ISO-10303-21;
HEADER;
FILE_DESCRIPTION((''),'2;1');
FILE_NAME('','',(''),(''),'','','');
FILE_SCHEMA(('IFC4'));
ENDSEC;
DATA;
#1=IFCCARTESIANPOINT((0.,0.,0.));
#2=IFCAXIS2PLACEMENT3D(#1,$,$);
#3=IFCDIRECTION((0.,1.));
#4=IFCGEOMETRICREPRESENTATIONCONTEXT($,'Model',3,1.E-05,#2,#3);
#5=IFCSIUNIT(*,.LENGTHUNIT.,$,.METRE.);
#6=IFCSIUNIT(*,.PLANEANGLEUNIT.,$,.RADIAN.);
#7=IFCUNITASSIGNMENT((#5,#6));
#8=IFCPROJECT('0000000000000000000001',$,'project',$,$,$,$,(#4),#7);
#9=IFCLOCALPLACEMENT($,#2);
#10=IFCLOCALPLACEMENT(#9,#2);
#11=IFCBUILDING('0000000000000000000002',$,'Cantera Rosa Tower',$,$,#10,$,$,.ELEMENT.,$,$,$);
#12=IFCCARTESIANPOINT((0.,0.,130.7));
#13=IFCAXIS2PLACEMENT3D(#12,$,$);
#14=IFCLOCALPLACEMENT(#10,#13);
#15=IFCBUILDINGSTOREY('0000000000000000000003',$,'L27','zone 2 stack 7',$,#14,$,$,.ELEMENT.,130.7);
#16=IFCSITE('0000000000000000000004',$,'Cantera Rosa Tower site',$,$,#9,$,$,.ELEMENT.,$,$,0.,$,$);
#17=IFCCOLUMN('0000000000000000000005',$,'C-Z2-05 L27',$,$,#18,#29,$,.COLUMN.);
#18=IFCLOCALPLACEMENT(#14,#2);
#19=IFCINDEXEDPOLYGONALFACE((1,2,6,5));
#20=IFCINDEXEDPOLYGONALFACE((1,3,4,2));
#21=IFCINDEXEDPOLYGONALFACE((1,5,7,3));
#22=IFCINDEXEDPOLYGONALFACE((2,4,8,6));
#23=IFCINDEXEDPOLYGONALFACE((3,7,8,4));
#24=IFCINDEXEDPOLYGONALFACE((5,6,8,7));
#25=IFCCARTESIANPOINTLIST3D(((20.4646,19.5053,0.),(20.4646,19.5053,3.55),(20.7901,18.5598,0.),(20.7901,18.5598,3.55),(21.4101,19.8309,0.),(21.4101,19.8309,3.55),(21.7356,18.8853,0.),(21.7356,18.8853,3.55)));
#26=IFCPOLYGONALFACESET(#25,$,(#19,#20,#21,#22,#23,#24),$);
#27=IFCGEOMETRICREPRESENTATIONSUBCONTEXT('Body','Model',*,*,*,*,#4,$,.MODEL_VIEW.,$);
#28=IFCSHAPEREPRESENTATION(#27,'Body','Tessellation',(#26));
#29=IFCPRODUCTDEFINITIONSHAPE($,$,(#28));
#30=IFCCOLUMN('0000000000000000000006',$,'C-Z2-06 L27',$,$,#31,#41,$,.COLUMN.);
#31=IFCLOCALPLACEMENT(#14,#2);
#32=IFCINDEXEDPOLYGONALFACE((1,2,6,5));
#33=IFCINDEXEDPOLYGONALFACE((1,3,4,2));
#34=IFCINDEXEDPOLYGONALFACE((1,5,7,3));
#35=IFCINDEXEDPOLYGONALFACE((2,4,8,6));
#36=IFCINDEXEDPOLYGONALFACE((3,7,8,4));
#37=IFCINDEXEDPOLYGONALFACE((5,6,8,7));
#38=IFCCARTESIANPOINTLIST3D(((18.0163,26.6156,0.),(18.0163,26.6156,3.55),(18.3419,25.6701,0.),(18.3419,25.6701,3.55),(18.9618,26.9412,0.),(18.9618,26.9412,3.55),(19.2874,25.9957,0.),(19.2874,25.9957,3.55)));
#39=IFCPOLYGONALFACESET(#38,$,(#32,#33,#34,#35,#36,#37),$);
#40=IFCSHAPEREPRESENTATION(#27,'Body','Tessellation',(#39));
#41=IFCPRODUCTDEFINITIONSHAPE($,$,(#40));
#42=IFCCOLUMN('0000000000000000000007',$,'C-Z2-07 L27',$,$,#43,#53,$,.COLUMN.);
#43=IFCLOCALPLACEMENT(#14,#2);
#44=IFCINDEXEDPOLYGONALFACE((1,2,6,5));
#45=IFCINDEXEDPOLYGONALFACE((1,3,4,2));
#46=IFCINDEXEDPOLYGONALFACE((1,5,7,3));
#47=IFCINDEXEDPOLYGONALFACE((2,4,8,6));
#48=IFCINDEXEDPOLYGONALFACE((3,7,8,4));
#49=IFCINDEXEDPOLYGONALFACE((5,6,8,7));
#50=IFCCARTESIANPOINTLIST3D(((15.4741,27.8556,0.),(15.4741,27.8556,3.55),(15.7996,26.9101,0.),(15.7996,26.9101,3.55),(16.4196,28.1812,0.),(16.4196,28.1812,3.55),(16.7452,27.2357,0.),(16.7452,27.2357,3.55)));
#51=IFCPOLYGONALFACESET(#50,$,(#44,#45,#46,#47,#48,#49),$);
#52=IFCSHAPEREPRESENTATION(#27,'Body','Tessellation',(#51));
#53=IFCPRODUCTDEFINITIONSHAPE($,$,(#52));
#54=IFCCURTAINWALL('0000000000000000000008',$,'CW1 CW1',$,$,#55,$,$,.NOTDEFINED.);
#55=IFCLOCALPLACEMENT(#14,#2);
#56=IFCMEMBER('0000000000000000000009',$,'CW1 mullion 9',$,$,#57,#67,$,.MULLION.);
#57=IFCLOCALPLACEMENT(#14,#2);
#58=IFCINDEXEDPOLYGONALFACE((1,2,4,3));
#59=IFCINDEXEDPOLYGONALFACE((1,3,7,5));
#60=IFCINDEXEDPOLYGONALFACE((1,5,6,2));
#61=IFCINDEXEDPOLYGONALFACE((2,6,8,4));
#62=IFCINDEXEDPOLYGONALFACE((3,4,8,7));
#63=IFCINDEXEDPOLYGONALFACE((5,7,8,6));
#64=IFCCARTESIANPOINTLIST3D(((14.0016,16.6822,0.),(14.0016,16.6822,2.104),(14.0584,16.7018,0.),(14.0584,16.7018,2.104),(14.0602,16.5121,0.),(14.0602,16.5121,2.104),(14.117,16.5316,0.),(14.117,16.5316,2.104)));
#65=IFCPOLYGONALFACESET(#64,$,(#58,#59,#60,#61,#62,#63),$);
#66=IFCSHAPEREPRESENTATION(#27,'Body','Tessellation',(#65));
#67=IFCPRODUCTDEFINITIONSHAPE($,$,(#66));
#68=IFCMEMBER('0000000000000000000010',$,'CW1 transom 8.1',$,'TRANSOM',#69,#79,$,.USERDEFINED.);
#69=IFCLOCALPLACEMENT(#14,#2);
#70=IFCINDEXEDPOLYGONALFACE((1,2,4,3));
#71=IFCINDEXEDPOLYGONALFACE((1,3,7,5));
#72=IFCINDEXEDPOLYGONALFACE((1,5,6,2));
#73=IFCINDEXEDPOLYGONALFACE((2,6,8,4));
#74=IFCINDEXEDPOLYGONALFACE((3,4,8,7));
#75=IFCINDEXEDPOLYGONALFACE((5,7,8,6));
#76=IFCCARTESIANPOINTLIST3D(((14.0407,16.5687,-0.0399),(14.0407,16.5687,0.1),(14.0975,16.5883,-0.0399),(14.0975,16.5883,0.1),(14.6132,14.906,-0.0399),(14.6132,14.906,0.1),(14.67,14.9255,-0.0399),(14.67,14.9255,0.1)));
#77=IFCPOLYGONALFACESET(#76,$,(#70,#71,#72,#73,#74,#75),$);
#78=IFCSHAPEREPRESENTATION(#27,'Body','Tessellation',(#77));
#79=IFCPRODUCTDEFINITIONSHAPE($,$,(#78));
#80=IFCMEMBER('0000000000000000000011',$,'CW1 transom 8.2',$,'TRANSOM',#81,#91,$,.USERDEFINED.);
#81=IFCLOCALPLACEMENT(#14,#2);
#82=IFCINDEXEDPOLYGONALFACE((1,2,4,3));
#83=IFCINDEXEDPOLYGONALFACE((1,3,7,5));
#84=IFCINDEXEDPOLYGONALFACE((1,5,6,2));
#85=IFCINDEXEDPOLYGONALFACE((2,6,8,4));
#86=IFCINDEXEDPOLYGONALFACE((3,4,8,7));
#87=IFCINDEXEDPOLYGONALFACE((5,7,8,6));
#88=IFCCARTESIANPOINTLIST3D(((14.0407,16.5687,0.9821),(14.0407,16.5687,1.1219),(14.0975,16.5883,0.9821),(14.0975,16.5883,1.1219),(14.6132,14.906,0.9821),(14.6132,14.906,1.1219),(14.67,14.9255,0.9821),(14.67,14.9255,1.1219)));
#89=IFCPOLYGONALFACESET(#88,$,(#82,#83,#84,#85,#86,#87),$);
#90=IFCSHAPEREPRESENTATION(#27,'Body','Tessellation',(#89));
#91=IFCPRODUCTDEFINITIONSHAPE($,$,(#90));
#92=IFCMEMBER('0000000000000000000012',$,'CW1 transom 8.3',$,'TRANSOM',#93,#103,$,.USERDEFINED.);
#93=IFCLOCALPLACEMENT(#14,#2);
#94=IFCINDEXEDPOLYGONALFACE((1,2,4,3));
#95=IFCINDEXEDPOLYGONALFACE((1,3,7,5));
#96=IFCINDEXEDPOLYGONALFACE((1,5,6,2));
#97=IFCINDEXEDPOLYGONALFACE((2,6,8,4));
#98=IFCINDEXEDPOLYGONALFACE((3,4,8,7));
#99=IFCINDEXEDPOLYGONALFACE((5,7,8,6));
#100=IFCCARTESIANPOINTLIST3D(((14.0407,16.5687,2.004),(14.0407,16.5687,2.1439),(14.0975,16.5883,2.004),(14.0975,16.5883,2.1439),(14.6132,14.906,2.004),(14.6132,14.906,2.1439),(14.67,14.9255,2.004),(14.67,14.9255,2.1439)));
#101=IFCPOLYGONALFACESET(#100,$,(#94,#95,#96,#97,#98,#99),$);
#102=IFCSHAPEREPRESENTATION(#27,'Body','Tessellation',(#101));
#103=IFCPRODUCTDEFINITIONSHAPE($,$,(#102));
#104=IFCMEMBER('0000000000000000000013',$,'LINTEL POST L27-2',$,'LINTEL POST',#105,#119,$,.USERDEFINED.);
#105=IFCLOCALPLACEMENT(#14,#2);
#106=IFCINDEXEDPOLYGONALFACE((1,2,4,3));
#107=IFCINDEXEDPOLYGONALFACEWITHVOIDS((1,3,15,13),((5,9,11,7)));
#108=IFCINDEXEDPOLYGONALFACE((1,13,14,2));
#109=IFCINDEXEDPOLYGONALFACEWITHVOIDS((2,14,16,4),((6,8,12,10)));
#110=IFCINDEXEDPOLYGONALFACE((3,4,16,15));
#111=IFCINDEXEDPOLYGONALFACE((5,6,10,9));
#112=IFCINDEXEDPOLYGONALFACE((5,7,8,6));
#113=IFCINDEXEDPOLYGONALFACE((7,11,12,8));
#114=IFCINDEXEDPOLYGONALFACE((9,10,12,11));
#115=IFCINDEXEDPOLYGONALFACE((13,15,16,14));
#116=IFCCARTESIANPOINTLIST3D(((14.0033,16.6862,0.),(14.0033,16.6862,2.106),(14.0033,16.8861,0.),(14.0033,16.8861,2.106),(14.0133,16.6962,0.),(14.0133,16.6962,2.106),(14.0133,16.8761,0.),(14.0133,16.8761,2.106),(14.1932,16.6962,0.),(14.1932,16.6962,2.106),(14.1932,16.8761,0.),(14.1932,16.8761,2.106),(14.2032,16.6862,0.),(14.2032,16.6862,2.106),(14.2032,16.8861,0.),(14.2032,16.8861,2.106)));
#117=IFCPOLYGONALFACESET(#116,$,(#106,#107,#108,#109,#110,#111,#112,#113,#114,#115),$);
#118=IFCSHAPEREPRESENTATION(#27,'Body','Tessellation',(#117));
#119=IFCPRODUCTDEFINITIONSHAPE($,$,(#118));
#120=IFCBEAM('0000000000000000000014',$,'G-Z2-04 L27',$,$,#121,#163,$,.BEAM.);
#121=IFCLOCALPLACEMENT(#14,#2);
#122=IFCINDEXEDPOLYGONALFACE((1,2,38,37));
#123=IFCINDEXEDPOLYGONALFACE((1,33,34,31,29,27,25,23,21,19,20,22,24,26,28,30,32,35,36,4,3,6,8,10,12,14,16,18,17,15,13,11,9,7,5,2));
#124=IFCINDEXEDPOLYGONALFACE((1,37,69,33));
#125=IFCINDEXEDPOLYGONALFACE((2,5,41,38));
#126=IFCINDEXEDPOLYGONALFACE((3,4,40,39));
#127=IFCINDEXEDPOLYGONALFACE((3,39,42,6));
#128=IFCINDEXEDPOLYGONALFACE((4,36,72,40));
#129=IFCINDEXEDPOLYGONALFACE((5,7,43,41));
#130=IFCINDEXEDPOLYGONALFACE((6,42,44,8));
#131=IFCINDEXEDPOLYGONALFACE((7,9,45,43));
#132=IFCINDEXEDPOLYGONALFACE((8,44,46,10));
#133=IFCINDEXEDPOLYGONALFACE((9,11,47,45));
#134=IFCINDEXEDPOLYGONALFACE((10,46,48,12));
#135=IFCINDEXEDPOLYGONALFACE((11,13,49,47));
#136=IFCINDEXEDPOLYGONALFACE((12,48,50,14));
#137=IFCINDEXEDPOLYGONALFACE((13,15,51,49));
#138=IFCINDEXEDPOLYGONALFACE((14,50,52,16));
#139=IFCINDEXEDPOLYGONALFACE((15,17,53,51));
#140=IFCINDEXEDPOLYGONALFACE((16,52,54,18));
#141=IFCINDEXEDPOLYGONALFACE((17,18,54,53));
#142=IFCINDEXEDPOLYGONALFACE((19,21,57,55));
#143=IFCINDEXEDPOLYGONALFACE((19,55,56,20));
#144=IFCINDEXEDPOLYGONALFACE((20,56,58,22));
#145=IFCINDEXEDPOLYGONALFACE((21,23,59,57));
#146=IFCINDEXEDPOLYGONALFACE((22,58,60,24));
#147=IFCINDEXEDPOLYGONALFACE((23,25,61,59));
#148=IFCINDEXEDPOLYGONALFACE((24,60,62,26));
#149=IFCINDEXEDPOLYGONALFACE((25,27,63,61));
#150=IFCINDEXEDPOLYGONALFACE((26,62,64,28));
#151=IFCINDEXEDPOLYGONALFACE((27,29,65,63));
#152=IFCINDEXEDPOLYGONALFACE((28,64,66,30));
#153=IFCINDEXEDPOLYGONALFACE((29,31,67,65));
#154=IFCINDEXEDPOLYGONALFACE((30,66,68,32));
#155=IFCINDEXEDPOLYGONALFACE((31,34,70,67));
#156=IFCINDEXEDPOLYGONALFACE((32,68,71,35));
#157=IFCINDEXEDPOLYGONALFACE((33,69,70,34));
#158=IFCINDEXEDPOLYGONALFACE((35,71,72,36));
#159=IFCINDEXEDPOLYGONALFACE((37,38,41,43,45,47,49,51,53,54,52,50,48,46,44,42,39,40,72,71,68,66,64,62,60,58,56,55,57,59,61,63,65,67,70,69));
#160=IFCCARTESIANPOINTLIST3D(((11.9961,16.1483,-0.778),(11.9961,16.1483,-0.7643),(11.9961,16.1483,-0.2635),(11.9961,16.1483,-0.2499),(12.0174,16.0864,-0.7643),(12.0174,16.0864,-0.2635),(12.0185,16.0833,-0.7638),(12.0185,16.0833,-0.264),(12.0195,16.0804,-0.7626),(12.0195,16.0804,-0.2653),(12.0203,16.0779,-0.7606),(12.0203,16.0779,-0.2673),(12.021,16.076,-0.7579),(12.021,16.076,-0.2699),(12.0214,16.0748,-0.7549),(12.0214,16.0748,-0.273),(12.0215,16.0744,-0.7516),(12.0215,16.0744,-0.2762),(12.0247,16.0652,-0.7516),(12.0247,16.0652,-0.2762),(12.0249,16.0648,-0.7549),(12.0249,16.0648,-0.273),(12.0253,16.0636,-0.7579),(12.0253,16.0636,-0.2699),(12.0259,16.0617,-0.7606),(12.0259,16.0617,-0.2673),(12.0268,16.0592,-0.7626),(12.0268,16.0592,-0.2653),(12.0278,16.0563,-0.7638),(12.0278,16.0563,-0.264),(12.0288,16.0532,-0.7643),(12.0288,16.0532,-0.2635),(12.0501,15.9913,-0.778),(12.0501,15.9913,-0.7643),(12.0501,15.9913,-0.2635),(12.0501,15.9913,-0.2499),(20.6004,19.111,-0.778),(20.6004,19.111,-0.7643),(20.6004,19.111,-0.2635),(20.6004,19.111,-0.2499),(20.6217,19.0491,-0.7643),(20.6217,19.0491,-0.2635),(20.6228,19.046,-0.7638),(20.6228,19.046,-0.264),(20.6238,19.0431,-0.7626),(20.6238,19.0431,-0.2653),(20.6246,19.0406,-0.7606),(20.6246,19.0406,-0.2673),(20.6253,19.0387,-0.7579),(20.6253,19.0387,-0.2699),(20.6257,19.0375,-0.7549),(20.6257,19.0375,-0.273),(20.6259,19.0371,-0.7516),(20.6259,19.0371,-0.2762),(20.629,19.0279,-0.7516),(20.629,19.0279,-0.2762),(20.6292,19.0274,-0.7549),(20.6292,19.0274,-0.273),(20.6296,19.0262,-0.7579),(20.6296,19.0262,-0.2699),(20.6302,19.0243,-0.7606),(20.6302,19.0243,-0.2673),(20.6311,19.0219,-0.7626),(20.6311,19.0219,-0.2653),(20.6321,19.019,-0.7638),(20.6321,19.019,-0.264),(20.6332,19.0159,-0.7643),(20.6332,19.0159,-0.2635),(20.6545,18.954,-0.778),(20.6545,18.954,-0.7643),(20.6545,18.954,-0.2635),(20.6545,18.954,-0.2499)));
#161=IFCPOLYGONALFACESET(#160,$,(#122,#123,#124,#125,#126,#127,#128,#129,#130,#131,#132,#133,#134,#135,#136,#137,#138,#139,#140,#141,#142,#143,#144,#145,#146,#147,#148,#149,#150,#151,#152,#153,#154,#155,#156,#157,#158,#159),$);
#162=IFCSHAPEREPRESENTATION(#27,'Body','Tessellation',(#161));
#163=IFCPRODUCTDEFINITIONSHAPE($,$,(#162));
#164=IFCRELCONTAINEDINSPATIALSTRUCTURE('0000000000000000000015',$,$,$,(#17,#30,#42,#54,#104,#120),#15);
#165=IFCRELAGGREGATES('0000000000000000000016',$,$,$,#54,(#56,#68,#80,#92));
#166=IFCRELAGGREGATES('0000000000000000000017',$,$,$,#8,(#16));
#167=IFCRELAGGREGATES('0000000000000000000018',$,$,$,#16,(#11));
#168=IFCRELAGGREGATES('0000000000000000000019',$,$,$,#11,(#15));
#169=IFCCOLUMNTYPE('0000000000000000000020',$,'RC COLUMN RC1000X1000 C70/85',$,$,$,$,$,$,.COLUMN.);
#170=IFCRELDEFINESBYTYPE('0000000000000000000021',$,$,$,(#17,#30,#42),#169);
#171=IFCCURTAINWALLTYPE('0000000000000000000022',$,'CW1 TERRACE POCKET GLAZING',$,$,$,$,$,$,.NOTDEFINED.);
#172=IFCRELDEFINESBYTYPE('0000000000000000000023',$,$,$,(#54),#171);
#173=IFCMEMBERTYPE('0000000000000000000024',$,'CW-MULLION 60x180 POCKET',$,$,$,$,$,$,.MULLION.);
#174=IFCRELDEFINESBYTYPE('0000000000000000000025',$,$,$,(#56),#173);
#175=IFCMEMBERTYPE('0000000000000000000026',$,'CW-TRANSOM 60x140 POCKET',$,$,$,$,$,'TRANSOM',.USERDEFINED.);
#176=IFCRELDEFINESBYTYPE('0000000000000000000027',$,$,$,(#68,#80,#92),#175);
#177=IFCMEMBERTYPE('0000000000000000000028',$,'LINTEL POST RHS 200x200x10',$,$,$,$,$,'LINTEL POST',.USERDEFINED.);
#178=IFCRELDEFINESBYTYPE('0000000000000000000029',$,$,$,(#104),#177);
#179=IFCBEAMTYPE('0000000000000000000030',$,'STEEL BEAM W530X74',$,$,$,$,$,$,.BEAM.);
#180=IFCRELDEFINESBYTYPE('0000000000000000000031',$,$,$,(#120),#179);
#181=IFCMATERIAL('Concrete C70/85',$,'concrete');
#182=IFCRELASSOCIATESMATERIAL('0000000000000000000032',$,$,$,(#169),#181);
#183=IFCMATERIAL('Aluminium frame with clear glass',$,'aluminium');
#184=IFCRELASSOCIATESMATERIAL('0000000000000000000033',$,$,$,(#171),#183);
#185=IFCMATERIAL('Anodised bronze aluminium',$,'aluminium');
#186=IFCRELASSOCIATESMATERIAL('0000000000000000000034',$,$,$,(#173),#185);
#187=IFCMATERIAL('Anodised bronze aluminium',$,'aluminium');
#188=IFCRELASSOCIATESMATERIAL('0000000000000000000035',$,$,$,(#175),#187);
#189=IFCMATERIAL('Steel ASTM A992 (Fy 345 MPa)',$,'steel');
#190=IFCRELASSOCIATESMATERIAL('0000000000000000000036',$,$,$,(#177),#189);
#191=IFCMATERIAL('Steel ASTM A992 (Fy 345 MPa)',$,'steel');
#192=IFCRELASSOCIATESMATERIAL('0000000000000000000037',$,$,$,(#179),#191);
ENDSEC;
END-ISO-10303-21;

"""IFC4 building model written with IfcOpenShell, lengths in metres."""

from ifc_helpers import new_model, si_unit, direction, frame, origin, origin_2d, place, context, subcontext, project, spatial, rectangle, hollow_rectangle, i_section, extrude, material, material_profile, profile_set, type_object, element, aggregate, save


model = new_model("IFC4")

# Units and contexts
model_context = context("Model", 3, precision=1e-05, world=origin(), true_north=direction((0.0, 1.0)))
body_context = subcontext(model_context, "Body", "Model", "MODEL_VIEW")
ifc_project = project(units=[si_unit("LENGTHUNIT", "METRE"), si_unit("PLANEANGLEUNIT", "RADIAN")], contexts=[model_context])

# Site, building, storey
site_placement = place(None, origin())
site = spatial("IfcSite", under=ifc_project, at=site_placement, Name="Cantera Rosa Tower site", CompositionType="ELEMENT", RefElevation=0.0)
building_placement = place(site_placement, origin())
building = spatial("IfcBuilding", under=site, at=building_placement, Name="Cantera Rosa Tower", CompositionType="ELEMENT")
storey_placement = place(building_placement, frame((0.0, 0.0, 130.7)))
storey = spatial("IfcBuildingStorey", under=building, at=storey_placement, Name="L27", Description="zone 2 stack 7", CompositionType="ELEMENT", Elevation=130.7)

# Columns
ifc_material_1 = material(Name="Concrete C70/85", Category="concrete")
ifc_material_profile_1 = material_profile(ifc_material_1, rectangle(XDim=1.0, YDim=1.0, at=origin_2d()), Name="RC COLUMN RC1000X1000 C70/85")
ifc_profile_set_1 = profile_set([ifc_material_profile_1], Name="Concrete C70/85")
column_type = type_object("IfcColumnType", Name="RC COLUMN RC1000X1000 C70/85", PredefinedType="COLUMN", material=ifc_profile_set_1)
for number, where, z_axis, x_axis, name in (
    (1, (21.1001, 19.1953, 0.0), (0.0, 0.0, 1.0), (0.945519, 0.325568, 0.0), "C-Z2-05 L27"),
    (2, (18.6519, 26.3057, 0.0), (0.0, 0.0, 1.0), (0.945519, 0.325568, 0.0), "C-Z2-06 L27"),
    (3, (16.1096, 27.5457, 0.0), (0.0, 0.0, 1.0), (0.945519, 0.325568, 0.0), "C-Z2-07 L27"),
):
    element("IfcColumn", number, at=place(storey_placement, frame(where, z_axis=z_axis, x_axis=x_axis)), inside=storey, type_object=column_type, Name=name, PredefinedType="COLUMN", context=body_context, shape_type="SweptSolid", body=[
        extrude(rectangle(XDim=1.0, YDim=1.0, at=origin_2d()), origin(), (0.0, 0.0, 1.0), 3.55),
    ])

# Curtain wall, members
ifc_material_2 = material(Name="Aluminium frame with clear glass", Category="aluminium")
curtain_wall_type = type_object("IfcCurtainWallType", Name="CW1 TERRACE POCKET GLAZING", PredefinedType="NOTDEFINED", material=ifc_material_2)
curtain_wall_placement = place(storey_placement, origin())
curtain_wall = element("IfcCurtainWall", 4, at=curtain_wall_placement, inside=storey, type_object=curtain_wall_type, Name="CW1 CW1", PredefinedType="NOTDEFINED")
ifc_material_3 = material(Name="Anodised bronze aluminium", Category="aluminium")
ifc_material_profile_2 = material_profile(ifc_material_3, rectangle(XDim=0.0601, YDim=0.1799, at=origin_2d()), Name="CW-MULLION 60x180 POCKET")
ifc_profile_set_2 = profile_set([ifc_material_profile_2], Name="Anodised bronze aluminium")
member_type_1 = type_object("IfcMemberType", Name="CW-MULLION 60x180 POCKET", PredefinedType="MULLION", material=ifc_profile_set_2)
member_1_placement = place(storey_placement, frame((14.0593, 16.6069, 0.0), z_axis=(0.0, 0.0, 1.0), x_axis=(-0.945519, -0.325568, 0.0)))
member_1 = element("IfcMember", 5, at=member_1_placement, type_object=member_type_1, Name="CW1 mullion 9", PredefinedType="MULLION", context=body_context, shape_type="SweptSolid", body=[
    extrude(rectangle(XDim=0.0601, YDim=0.1799, at=origin_2d()), origin(), (0.0, 0.0, 1.0), 2.104),
])
ifc_material_4 = material(Name="Anodised bronze aluminium", Category="aluminium")
ifc_material_profile_3 = material_profile(ifc_material_4, rectangle(XDim=0.0601, YDim=0.1399, at=origin_2d()), Name="CW-TRANSOM 60x140 POCKET")
ifc_profile_set_3 = profile_set([ifc_material_profile_3], Name="Anodised bronze aluminium")
member_type_2 = type_object("IfcMemberType", Name="CW-TRANSOM 60x140 POCKET", ElementType="TRANSOM", PredefinedType="USERDEFINED", material=ifc_profile_set_3)
member_2_placement = place(storey_placement, frame((14.6416, 14.9158, 0.03), z_axis=(-0.325541, 0.945528, 0.0), x_axis=(-0.945528, -0.325541, 0.0)))
member_2 = element("IfcMember", 6, at=member_2_placement, type_object=member_type_2, Name="CW1 transom 8.1", ObjectType="TRANSOM", PredefinedType="USERDEFINED", context=body_context, shape_type="SweptSolid", body=[
    extrude(rectangle(XDim=0.0601, YDim=0.1399, at=origin_2d()), origin(), (0.0, 0.0, 1.0), 1.7585),
])
member_3_placement = place(storey_placement, frame((14.6416, 14.9158, 1.052), z_axis=(-0.325541, 0.945528, 0.0), x_axis=(-0.945528, -0.325541, 0.0)))
member_3 = element("IfcMember", 7, at=member_3_placement, type_object=member_type_2, Name="CW1 transom 8.2", ObjectType="TRANSOM", PredefinedType="USERDEFINED", context=body_context, shape_type="SweptSolid", body=[
    extrude(rectangle(XDim=0.0601, YDim=0.1399, at=origin_2d()), origin(), (0.0, 0.0, 1.0), 1.7585),
])
member_4_placement = place(storey_placement, frame((14.6416, 14.9158, 2.074), z_axis=(-0.325541, 0.945528, 0.0), x_axis=(-0.945528, -0.325541, 0.0)))
member_4 = element("IfcMember", 8, at=member_4_placement, type_object=member_type_2, Name="CW1 transom 8.3", ObjectType="TRANSOM", PredefinedType="USERDEFINED", context=body_context, shape_type="SweptSolid", body=[
    extrude(rectangle(XDim=0.0601, YDim=0.1399, at=origin_2d()), origin(), (0.0, 0.0, 1.0), 1.7585),
])

# Member
ifc_material_5 = material(Name="Steel ASTM A992 (Fy 345 MPa)", Category="steel")
ifc_material_profile_4 = material_profile(ifc_material_5, hollow_rectangle(XDim=0.2, YDim=0.2, WallThickness=0.01, at=origin_2d()), Name="LINTEL POST RHS 200x200x10")
ifc_profile_set_4 = profile_set([ifc_material_profile_4], Name="Steel ASTM A992 (Fy 345 MPa)")
member_type_3 = type_object("IfcMemberType", Name="LINTEL POST RHS 200x200x10", ElementType="LINTEL POST", PredefinedType="USERDEFINED", material=ifc_profile_set_4)
member_5_placement = place(storey_placement, frame((14.1033, 16.7861, 0.0), z_axis=(0.0, 0.0, 1.0), x_axis=(1.0, 0.0, 0.0)))
element("IfcMember", 9, at=member_5_placement, inside=storey, type_object=member_type_3, Name="LINTEL POST L27-2", ObjectType="LINTEL POST", PredefinedType="USERDEFINED", context=body_context, shape_type="SweptSolid", body=[
    extrude(hollow_rectangle(XDim=0.2, YDim=0.2, WallThickness=0.01, at=origin_2d()), origin(), (0.0, 0.0, 1.0), 2.106),
])

# Beam
ifc_material_6 = material(Name="Steel ASTM A992 (Fy 345 MPa)", Category="steel")
ifc_material_profile_5 = material_profile(ifc_material_6, i_section(OverallWidth=0.166, OverallDepth=0.5281, WebThickness=0.0098, FlangeThickness=0.0137, FilletRadius=0.0127, at=origin_2d()), Name="W530X74")
ifc_profile_set_5 = profile_set([ifc_material_profile_5], Name="Steel ASTM A992 (Fy 345 MPa)")
beam_type_1 = type_object("IfcBeamType", Name="STEEL BEAM W530X74", PredefinedType="BEAM", material=ifc_profile_set_5)
beam_1_placement = place(storey_placement, frame((20.6274, 19.0325, -0.5139), z_axis=(-0.94552, -0.325565, 0.0), x_axis=(0.325565, -0.94552, 0.0)))
element("IfcBeam", 10, at=beam_1_placement, inside=storey, type_object=beam_type_1, Name="G-Z2-04 L27", PredefinedType="BEAM", context=body_context, shape_type="SweptSolid", body=[
    extrude(i_section(OverallWidth=0.166, OverallDepth=0.5281, WebThickness=0.0098, FlangeThickness=0.0137, FilletRadius=0.0127, at=origin_2d()), origin(), (0.0, 0.0, 1.0), 9.1001),
])

aggregate(curtain_wall, [member_1, member_2, member_3, member_4])

save(model, "model.ifc")
